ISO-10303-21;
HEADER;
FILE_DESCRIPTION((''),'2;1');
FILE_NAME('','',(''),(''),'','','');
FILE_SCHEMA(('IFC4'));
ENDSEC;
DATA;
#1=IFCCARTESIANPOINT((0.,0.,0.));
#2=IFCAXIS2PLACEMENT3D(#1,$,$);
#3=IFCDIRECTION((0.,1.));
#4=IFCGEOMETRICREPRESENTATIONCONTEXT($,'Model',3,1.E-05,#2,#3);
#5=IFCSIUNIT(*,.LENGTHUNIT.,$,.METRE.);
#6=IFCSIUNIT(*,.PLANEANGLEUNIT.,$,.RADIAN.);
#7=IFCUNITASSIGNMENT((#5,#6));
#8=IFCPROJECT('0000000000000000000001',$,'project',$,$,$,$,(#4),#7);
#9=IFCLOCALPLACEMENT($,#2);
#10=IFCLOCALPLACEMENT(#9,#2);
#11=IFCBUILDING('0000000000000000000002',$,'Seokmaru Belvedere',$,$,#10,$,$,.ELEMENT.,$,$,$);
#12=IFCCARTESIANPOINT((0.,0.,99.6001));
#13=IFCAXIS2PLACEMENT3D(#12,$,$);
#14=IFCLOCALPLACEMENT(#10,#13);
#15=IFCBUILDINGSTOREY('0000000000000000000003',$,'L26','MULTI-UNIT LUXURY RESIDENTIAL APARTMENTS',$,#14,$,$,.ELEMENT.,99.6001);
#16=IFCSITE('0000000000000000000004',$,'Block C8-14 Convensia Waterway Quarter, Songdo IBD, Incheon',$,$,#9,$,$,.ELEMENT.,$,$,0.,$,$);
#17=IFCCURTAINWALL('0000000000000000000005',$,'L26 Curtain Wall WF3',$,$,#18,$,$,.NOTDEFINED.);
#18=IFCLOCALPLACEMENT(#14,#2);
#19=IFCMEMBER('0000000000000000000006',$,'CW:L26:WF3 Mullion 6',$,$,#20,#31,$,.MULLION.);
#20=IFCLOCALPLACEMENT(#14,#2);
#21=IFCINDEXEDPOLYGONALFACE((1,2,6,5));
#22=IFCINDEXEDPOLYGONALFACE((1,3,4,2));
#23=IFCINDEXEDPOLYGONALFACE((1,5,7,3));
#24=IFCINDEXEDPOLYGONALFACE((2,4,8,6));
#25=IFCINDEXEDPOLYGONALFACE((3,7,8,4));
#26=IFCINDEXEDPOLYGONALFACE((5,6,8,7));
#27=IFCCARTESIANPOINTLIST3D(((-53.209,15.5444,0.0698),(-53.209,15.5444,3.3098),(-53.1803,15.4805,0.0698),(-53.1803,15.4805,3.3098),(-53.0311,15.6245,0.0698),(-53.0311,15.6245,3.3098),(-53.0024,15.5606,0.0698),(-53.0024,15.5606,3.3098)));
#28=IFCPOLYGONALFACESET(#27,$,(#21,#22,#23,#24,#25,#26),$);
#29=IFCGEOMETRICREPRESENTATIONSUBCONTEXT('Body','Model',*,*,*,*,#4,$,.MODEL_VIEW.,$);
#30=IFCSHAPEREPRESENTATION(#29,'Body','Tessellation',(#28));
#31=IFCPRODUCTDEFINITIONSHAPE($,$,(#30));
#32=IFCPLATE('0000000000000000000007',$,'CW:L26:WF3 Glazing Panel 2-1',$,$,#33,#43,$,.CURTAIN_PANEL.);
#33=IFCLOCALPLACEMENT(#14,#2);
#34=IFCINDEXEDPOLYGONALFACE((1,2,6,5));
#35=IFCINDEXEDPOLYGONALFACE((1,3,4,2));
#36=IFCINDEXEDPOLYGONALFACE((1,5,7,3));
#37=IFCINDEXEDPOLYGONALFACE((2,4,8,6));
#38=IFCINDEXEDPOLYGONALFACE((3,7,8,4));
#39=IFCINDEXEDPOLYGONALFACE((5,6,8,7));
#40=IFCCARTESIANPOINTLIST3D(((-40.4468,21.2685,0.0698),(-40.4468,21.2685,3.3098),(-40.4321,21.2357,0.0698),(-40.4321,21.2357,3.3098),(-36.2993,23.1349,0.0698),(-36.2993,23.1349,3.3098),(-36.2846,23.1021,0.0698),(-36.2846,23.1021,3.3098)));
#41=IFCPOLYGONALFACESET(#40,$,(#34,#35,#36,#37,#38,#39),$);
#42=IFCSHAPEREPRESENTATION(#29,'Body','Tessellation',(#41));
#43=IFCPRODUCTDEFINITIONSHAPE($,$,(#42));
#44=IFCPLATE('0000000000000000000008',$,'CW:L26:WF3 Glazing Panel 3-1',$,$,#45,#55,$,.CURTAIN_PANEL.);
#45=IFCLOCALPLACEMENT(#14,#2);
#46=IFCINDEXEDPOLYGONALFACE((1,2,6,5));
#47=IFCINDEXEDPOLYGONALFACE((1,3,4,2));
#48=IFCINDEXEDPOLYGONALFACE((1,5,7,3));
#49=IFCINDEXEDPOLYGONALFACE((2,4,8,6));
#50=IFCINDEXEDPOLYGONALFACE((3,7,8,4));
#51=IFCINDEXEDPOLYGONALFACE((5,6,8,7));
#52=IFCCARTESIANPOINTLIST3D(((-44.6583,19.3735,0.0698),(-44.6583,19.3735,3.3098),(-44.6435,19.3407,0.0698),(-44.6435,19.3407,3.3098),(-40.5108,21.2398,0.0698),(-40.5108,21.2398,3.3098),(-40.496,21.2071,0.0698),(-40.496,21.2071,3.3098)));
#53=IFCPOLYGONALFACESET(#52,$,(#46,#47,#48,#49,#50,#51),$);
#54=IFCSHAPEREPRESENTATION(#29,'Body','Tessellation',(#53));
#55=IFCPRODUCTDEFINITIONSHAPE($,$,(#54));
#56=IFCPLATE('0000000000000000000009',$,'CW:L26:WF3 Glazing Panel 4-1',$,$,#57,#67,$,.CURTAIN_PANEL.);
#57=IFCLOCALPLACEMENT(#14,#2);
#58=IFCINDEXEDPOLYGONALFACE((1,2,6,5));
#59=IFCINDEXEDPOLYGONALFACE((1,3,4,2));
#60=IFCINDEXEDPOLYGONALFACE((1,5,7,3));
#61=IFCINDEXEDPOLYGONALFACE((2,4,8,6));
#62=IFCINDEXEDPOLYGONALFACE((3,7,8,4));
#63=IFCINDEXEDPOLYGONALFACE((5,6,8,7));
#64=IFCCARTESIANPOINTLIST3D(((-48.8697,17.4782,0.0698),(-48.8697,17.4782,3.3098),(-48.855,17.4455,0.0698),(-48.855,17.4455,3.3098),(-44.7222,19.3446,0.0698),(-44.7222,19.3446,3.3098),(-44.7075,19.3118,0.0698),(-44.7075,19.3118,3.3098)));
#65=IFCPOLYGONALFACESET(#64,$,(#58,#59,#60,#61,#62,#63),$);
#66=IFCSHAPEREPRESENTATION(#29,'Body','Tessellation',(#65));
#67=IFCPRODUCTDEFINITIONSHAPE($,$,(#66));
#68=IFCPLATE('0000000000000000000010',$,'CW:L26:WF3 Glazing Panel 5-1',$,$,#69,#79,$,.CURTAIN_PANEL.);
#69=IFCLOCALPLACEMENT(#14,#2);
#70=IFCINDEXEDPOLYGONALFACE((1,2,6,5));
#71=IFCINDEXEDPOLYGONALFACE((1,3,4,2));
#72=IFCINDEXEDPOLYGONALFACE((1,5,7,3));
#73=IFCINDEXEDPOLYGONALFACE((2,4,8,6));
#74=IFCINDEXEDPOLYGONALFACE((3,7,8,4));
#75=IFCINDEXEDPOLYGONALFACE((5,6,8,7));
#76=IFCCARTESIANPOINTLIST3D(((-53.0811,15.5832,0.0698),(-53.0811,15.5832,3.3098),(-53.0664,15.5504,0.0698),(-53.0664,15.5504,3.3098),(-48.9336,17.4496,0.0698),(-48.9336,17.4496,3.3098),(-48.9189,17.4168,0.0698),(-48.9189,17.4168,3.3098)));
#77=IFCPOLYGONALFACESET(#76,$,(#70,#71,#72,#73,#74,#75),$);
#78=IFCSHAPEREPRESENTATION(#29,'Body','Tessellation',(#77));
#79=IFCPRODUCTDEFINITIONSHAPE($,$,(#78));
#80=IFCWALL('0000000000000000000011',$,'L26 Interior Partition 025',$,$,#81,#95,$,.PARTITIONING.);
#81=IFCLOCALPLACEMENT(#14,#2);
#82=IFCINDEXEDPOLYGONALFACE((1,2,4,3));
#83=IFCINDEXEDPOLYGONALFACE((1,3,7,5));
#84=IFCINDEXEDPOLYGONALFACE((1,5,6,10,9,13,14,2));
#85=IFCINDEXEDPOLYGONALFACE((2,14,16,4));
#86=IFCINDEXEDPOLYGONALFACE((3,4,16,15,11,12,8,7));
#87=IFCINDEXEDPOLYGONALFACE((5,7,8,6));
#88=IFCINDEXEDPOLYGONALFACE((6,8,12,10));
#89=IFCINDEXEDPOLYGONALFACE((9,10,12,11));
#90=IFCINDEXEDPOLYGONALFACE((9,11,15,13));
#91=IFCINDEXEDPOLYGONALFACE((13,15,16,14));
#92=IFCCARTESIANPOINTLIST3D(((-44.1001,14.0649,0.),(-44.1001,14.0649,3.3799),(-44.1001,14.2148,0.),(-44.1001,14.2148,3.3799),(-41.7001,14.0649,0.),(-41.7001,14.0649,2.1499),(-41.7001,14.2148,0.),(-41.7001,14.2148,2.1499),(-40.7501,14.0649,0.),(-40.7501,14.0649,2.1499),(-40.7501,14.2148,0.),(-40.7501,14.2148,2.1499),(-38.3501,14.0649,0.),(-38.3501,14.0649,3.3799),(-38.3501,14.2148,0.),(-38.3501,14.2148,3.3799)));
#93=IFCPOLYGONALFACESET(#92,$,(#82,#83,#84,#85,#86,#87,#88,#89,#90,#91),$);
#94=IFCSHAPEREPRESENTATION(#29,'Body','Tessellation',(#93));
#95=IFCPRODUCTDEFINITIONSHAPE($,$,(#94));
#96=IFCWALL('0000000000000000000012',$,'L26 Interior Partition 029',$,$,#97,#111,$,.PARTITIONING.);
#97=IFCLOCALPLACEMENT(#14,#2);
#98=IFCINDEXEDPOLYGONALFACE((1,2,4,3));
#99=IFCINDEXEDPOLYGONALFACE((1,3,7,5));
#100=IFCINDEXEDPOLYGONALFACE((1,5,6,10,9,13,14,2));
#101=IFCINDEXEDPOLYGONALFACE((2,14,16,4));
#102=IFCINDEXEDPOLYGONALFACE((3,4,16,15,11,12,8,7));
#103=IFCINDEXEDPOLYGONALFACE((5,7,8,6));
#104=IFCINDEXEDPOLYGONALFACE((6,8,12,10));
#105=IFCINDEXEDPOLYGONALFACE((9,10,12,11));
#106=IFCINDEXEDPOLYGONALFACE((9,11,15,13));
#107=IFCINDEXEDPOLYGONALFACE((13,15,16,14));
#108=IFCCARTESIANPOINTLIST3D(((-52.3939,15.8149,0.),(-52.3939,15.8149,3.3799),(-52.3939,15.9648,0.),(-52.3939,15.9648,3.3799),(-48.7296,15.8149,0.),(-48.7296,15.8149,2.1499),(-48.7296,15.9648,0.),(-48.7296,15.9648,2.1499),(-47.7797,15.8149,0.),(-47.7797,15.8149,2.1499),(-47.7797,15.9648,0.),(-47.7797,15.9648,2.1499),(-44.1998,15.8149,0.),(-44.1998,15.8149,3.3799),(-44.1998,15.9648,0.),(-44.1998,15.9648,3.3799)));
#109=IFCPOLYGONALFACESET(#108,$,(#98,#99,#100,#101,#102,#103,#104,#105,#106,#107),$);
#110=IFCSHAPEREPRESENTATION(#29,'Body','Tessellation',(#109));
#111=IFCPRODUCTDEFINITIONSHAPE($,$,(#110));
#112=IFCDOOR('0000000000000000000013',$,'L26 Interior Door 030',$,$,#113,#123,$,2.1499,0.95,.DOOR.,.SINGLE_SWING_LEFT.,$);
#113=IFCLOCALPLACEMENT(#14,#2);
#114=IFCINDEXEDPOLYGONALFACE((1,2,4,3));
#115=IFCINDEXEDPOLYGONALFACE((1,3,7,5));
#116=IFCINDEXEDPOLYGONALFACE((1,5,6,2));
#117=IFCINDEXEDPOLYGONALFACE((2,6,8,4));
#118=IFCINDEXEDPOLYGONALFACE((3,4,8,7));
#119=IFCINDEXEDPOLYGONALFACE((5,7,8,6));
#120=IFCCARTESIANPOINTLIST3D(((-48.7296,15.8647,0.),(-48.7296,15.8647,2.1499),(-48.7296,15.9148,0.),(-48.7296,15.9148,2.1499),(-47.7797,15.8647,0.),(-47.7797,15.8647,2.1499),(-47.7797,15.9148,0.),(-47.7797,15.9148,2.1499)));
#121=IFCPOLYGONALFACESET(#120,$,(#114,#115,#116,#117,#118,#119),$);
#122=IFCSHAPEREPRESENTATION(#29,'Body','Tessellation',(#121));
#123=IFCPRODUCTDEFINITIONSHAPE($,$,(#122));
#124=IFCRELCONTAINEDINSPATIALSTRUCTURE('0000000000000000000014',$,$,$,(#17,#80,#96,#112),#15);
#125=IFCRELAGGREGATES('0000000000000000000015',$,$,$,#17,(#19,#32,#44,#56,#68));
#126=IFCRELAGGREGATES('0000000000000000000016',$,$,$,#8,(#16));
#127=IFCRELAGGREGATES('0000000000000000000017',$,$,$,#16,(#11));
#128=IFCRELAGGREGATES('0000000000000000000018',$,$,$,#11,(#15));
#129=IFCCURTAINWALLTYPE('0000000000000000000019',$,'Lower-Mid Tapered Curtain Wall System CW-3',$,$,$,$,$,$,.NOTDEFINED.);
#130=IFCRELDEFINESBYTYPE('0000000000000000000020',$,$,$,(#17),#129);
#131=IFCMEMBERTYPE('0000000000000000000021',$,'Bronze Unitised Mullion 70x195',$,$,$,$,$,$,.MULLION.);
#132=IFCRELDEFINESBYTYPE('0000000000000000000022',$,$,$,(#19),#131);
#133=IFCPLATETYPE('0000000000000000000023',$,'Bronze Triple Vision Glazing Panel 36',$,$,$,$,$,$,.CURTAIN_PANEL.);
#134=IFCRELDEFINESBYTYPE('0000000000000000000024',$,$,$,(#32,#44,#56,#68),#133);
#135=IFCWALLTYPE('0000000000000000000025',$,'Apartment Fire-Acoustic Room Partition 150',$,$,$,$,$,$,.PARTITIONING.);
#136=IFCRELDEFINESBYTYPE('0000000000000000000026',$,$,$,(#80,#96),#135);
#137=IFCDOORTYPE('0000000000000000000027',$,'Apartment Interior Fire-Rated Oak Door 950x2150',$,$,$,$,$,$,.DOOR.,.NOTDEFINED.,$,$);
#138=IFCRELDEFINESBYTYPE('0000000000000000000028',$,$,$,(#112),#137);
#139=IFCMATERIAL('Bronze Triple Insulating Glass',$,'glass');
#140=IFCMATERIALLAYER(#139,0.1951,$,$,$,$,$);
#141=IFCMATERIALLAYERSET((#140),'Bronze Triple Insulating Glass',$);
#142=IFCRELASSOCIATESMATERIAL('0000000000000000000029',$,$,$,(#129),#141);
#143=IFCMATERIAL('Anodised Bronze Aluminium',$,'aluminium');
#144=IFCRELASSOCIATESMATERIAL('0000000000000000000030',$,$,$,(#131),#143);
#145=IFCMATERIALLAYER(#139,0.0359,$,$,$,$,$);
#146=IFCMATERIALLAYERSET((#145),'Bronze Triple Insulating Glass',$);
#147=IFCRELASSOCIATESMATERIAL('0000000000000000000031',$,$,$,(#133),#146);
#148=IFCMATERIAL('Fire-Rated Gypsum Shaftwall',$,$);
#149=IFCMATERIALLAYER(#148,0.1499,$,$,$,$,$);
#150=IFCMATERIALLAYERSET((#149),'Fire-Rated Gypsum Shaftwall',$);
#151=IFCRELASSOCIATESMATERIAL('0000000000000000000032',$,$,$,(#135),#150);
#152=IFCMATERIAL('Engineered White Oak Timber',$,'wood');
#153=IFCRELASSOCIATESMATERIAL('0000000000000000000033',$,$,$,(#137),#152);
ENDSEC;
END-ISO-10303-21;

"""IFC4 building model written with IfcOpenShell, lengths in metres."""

from ifc_helpers import new_model, si_unit, direction, frame, frame_2d, origin, origin_2d, place, context, subcontext, project, spatial, rectangle, extrude, source, transform, mapped, material, layer, layer_set, material_profile, profile_set, type_object, type_shapes, element, fill, aggregate, save


model = new_model("IFC4")

# Units and contexts
model_context = context("Model", 3, precision=1e-05, world=origin(), true_north=direction((0.0, 1.0)))
body_context = subcontext(model_context, "Body", "Model", "MODEL_VIEW")
ifc_project = project(units=[si_unit("LENGTHUNIT", "METRE"), si_unit("PLANEANGLEUNIT", "RADIAN")], contexts=[model_context])

# Site, building, storey
site_placement = place(None, origin())
site = spatial("IfcSite", under=ifc_project, at=site_placement, Name="Block C8-14 Convensia Waterway Quarter, Songdo IBD, Incheon", CompositionType="ELEMENT", RefElevation=0.0)
building_placement = place(site_placement, origin())
building = spatial("IfcBuilding", under=site, at=building_placement, Name="Seokmaru Belvedere", CompositionType="ELEMENT")
storey_placement = place(building_placement, frame((0.0, 0.0, 99.6001)))
storey = spatial("IfcBuildingStorey", under=building, at=storey_placement, Name="L26", Description="MULTI-UNIT LUXURY RESIDENTIAL APARTMENTS", CompositionType="ELEMENT", Elevation=99.6001)

# Curtain wall, member, plates
ifc_material_1 = material(Name="Bronze Triple Insulating Glass", Category="glass")
ifc_layer_1 = layer(ifc_material_1, 0.1951)
ifc_layer_set_1 = layer_set([ifc_layer_1], Name="Bronze Triple Insulating Glass")
curtain_wall_type = type_object("IfcCurtainWallType", Name="Lower-Mid Tapered Curtain Wall System CW-3", PredefinedType="NOTDEFINED", material=ifc_layer_set_1)
curtain_wall_placement = place(storey_placement, origin())
curtain_wall = element("IfcCurtainWall", 1, at=curtain_wall_placement, inside=storey, type_object=curtain_wall_type, Name="L26 Curtain Wall WF3", PredefinedType="NOTDEFINED")
ifc_material_2 = material(Name="Anodised Bronze Aluminium", Category="aluminium")
ifc_material_profile_1 = material_profile(ifc_material_2, rectangle(XDim=0.0701, YDim=0.1951, at=origin_2d()), Name="CW-M-70x195")
ifc_profile_set_1 = profile_set([ifc_material_profile_1], Name="Anodised Bronze Aluminium")
member_type = type_object("IfcMemberType", Name="Bronze Unitised Mullion 70x195", PredefinedType="MULLION", material=ifc_profile_set_1)
shared_shape_1 = source(origin(), body_context, "Body", "SweptSolid", [
    extrude(rectangle(XDim=0.0701, YDim=0.1951, at=origin_2d()), origin(), (0.0, 0.0, 1.0), 3.24),
])
type_shapes(member_type, [shared_shape_1])
member_1_placement = place(storey_placement, frame((-53.1057, 15.5525, 0.0698), z_axis=(0.0, 0.0, 1.0), x_axis=(0.410366, -0.911921, 0.0)))
member_1 = element("IfcMember", 2, at=member_1_placement, type_object=member_type, Name="CW:L26:WF3 Mullion 6", PredefinedType="MULLION", context=body_context, shape_type="MappedRepresentation", body=[
    mapped(shared_shape_1, transform((0.0, 0.0, 0.0), scale=1.0)),
])
ifc_layer_2 = layer(ifc_material_1, 0.0359)
ifc_layer_set_2 = layer_set([ifc_layer_2], Name="Bronze Triple Insulating Glass")
plate_type = type_object("IfcPlateType", Name="Bronze Triple Vision Glazing Panel 36", PredefinedType="CURTAIN_PANEL", material=ifc_layer_set_2)
shared_shape_2 = source(origin(), body_context, "Body", "SweptSolid", [
    extrude(rectangle(XDim=4.5481, YDim=0.0359, at=origin_2d()), origin(), (0.0, 0.0, 1.0), 3.24),
])
type_shapes(plate_type, [shared_shape_2])
plate_1_placement = place(storey_placement, frame((-38.3657, 22.1853, 0.0698), z_axis=(0.0, 0.0, 1.0), x_axis=(-0.911921, -0.410366, 0.0)))
plate_1 = element("IfcPlate", 3, at=plate_1_placement, type_object=plate_type, Name="CW:L26:WF3 Glazing Panel 2-1", PredefinedType="CURTAIN_PANEL", context=body_context, shape_type="MappedRepresentation", body=[
    mapped(shared_shape_2, transform((0.0, 0.0, 0.0), scale=1.0)),
])
plate_2_placement = place(storey_placement, frame((-42.5771, 20.2903, 0.0698), z_axis=(0.0, 0.0, 1.0), x_axis=(-0.911921, -0.410366, 0.0)))
plate_2 = element("IfcPlate", 4, at=plate_2_placement, type_object=plate_type, Name="CW:L26:WF3 Glazing Panel 3-1", PredefinedType="CURTAIN_PANEL", context=body_context, shape_type="MappedRepresentation", body=[
    mapped(shared_shape_2, transform((0.0, 0.0, 0.0), scale=1.0)),
])
plate_3_placement = place(storey_placement, frame((-46.7886, 18.395, 0.0698), z_axis=(0.0, 0.0, 1.0), x_axis=(-0.911921, -0.410366, 0.0)))
plate_3 = element("IfcPlate", 5, at=plate_3_placement, type_object=plate_type, Name="CW:L26:WF3 Glazing Panel 4-1", PredefinedType="CURTAIN_PANEL", context=body_context, shape_type="MappedRepresentation", body=[
    mapped(shared_shape_2, transform((0.0, 0.0, 0.0), scale=1.0)),
])
plate_4_placement = place(storey_placement, frame((-51.0, 16.5, 0.0698), z_axis=(0.0, 0.0, 1.0), x_axis=(-0.911921, -0.410366, 0.0)))
plate_4 = element("IfcPlate", 6, at=plate_4_placement, type_object=plate_type, Name="CW:L26:WF3 Glazing Panel 5-1", PredefinedType="CURTAIN_PANEL", context=body_context, shape_type="MappedRepresentation", body=[
    mapped(shared_shape_2, transform((0.0, 0.0, 0.0), scale=1.0)),
])
aggregate(curtain_wall, [member_1, plate_1, plate_2, plate_3, plate_4])

# Wall, opening
ifc_material_3 = material(Name="Fire-Rated Gypsum Shaftwall")
ifc_layer_3 = layer(ifc_material_3, 0.1499)
ifc_layer_set_3 = layer_set([ifc_layer_3], Name="Fire-Rated Gypsum Shaftwall")
wall_type = type_object("IfcWallType", Name="Apartment Fire-Acoustic Room Partition 150", PredefinedType="PARTITIONING", material=ifc_layer_set_3)
wall_1_placement = place(storey_placement, frame((-44.1001, 14.1399, 0.0), z_axis=(0.0, 0.0, 1.0), x_axis=(1.0, 0.0, 0.0)))
wall_1 = element("IfcWall", 7, at=wall_1_placement, inside=storey, type_object=wall_type, Name="L26 Interior Partition 025", PredefinedType="PARTITIONING", context=body_context, shape_type="SweptSolid", body=[
    extrude(rectangle(XDim=5.75, YDim=0.1499, at=frame_2d((2.875, 0.0))), origin(), (0.0, 0.0, 1.0), 3.3799),
])
opening_1_placement = place(wall_1_placement, frame((2.3999, 0.0, 0.0)))
element("IfcOpeningElement", 8, at=opening_1_placement, cuts=wall_1, PredefinedType="OPENING", context=body_context, shape_type="SweptSolid", body=[
    extrude(rectangle(XDim=0.95, YDim=2.1499, at=frame_2d((0.4751, 1.075))), frame((0.0, 0.085, 0.0), z_axis=(0.0, -1.0, 0.0), x_axis=(1.0, 0.0, 0.0)), (0.0, 0.0, 1.0), 0.1699),
])

# Wall, opening, door
wall_2_placement = place(storey_placement, frame((-52.394, 15.8899, 0.0), z_axis=(0.0, 0.0, 1.0), x_axis=(1.0, 0.0, 0.0)))
wall_2 = element("IfcWall", 9, at=wall_2_placement, inside=storey, type_object=wall_type, Name="L26 Interior Partition 029", PredefinedType="PARTITIONING", context=body_context, shape_type="SweptSolid", body=[
    extrude(rectangle(XDim=8.1941, YDim=0.1499, at=frame_2d((4.0972, 0.0))), origin(), (0.0, 0.0, 1.0), 3.3799),
])
opening_2_placement = place(wall_2_placement, frame((3.6643, 0.0, 0.0)))
opening_2 = element("IfcOpeningElement", 10, at=opening_2_placement, cuts=wall_2, PredefinedType="OPENING", context=body_context, shape_type="SweptSolid", body=[
    extrude(rectangle(XDim=0.95, YDim=2.1499, at=frame_2d((0.4751, 1.075))), frame((0.0, 0.085, 0.0), z_axis=(0.0, -1.0, 0.0), x_axis=(1.0, 0.0, 0.0)), (0.0, 0.0, 1.0), 0.1699),
])
ifc_material_4 = material(Name="Engineered White Oak Timber", Category="wood")
door_type = type_object("IfcDoorType", Name="Apartment Interior Fire-Rated Oak Door 950x2150", OperationType="NOTDEFINED", PredefinedType="DOOR", material=ifc_material_4)
shared_shape_3 = source(origin(), body_context, "Body", "SweptSolid", [
    extrude(rectangle(XDim=0.95, YDim=2.1499, at=frame_2d((0.4751, 1.075))), frame((0.0, 0.0249, 0.0), z_axis=(0.0, -1.0, 0.0), x_axis=(1.0, 0.0, 0.0)), (0.0, 0.0, 1.0), 0.05),
])
type_shapes(door_type, [shared_shape_3])
door_placement = place(opening_2_placement, origin())
door = element("IfcDoor", 11, at=door_placement, inside=storey, type_object=door_type, Name="L26 Interior Door 030", OperationType="SINGLE_SWING_LEFT", OverallHeight=2.1499, OverallWidth=0.95, PredefinedType="DOOR", context=body_context, shape_type="MappedRepresentation", body=[
    mapped(shared_shape_3, transform((0.0, 0.0, 0.0), scale=1.0)),
])
fill(opening_2, door)

save(model, "model.ifc")
